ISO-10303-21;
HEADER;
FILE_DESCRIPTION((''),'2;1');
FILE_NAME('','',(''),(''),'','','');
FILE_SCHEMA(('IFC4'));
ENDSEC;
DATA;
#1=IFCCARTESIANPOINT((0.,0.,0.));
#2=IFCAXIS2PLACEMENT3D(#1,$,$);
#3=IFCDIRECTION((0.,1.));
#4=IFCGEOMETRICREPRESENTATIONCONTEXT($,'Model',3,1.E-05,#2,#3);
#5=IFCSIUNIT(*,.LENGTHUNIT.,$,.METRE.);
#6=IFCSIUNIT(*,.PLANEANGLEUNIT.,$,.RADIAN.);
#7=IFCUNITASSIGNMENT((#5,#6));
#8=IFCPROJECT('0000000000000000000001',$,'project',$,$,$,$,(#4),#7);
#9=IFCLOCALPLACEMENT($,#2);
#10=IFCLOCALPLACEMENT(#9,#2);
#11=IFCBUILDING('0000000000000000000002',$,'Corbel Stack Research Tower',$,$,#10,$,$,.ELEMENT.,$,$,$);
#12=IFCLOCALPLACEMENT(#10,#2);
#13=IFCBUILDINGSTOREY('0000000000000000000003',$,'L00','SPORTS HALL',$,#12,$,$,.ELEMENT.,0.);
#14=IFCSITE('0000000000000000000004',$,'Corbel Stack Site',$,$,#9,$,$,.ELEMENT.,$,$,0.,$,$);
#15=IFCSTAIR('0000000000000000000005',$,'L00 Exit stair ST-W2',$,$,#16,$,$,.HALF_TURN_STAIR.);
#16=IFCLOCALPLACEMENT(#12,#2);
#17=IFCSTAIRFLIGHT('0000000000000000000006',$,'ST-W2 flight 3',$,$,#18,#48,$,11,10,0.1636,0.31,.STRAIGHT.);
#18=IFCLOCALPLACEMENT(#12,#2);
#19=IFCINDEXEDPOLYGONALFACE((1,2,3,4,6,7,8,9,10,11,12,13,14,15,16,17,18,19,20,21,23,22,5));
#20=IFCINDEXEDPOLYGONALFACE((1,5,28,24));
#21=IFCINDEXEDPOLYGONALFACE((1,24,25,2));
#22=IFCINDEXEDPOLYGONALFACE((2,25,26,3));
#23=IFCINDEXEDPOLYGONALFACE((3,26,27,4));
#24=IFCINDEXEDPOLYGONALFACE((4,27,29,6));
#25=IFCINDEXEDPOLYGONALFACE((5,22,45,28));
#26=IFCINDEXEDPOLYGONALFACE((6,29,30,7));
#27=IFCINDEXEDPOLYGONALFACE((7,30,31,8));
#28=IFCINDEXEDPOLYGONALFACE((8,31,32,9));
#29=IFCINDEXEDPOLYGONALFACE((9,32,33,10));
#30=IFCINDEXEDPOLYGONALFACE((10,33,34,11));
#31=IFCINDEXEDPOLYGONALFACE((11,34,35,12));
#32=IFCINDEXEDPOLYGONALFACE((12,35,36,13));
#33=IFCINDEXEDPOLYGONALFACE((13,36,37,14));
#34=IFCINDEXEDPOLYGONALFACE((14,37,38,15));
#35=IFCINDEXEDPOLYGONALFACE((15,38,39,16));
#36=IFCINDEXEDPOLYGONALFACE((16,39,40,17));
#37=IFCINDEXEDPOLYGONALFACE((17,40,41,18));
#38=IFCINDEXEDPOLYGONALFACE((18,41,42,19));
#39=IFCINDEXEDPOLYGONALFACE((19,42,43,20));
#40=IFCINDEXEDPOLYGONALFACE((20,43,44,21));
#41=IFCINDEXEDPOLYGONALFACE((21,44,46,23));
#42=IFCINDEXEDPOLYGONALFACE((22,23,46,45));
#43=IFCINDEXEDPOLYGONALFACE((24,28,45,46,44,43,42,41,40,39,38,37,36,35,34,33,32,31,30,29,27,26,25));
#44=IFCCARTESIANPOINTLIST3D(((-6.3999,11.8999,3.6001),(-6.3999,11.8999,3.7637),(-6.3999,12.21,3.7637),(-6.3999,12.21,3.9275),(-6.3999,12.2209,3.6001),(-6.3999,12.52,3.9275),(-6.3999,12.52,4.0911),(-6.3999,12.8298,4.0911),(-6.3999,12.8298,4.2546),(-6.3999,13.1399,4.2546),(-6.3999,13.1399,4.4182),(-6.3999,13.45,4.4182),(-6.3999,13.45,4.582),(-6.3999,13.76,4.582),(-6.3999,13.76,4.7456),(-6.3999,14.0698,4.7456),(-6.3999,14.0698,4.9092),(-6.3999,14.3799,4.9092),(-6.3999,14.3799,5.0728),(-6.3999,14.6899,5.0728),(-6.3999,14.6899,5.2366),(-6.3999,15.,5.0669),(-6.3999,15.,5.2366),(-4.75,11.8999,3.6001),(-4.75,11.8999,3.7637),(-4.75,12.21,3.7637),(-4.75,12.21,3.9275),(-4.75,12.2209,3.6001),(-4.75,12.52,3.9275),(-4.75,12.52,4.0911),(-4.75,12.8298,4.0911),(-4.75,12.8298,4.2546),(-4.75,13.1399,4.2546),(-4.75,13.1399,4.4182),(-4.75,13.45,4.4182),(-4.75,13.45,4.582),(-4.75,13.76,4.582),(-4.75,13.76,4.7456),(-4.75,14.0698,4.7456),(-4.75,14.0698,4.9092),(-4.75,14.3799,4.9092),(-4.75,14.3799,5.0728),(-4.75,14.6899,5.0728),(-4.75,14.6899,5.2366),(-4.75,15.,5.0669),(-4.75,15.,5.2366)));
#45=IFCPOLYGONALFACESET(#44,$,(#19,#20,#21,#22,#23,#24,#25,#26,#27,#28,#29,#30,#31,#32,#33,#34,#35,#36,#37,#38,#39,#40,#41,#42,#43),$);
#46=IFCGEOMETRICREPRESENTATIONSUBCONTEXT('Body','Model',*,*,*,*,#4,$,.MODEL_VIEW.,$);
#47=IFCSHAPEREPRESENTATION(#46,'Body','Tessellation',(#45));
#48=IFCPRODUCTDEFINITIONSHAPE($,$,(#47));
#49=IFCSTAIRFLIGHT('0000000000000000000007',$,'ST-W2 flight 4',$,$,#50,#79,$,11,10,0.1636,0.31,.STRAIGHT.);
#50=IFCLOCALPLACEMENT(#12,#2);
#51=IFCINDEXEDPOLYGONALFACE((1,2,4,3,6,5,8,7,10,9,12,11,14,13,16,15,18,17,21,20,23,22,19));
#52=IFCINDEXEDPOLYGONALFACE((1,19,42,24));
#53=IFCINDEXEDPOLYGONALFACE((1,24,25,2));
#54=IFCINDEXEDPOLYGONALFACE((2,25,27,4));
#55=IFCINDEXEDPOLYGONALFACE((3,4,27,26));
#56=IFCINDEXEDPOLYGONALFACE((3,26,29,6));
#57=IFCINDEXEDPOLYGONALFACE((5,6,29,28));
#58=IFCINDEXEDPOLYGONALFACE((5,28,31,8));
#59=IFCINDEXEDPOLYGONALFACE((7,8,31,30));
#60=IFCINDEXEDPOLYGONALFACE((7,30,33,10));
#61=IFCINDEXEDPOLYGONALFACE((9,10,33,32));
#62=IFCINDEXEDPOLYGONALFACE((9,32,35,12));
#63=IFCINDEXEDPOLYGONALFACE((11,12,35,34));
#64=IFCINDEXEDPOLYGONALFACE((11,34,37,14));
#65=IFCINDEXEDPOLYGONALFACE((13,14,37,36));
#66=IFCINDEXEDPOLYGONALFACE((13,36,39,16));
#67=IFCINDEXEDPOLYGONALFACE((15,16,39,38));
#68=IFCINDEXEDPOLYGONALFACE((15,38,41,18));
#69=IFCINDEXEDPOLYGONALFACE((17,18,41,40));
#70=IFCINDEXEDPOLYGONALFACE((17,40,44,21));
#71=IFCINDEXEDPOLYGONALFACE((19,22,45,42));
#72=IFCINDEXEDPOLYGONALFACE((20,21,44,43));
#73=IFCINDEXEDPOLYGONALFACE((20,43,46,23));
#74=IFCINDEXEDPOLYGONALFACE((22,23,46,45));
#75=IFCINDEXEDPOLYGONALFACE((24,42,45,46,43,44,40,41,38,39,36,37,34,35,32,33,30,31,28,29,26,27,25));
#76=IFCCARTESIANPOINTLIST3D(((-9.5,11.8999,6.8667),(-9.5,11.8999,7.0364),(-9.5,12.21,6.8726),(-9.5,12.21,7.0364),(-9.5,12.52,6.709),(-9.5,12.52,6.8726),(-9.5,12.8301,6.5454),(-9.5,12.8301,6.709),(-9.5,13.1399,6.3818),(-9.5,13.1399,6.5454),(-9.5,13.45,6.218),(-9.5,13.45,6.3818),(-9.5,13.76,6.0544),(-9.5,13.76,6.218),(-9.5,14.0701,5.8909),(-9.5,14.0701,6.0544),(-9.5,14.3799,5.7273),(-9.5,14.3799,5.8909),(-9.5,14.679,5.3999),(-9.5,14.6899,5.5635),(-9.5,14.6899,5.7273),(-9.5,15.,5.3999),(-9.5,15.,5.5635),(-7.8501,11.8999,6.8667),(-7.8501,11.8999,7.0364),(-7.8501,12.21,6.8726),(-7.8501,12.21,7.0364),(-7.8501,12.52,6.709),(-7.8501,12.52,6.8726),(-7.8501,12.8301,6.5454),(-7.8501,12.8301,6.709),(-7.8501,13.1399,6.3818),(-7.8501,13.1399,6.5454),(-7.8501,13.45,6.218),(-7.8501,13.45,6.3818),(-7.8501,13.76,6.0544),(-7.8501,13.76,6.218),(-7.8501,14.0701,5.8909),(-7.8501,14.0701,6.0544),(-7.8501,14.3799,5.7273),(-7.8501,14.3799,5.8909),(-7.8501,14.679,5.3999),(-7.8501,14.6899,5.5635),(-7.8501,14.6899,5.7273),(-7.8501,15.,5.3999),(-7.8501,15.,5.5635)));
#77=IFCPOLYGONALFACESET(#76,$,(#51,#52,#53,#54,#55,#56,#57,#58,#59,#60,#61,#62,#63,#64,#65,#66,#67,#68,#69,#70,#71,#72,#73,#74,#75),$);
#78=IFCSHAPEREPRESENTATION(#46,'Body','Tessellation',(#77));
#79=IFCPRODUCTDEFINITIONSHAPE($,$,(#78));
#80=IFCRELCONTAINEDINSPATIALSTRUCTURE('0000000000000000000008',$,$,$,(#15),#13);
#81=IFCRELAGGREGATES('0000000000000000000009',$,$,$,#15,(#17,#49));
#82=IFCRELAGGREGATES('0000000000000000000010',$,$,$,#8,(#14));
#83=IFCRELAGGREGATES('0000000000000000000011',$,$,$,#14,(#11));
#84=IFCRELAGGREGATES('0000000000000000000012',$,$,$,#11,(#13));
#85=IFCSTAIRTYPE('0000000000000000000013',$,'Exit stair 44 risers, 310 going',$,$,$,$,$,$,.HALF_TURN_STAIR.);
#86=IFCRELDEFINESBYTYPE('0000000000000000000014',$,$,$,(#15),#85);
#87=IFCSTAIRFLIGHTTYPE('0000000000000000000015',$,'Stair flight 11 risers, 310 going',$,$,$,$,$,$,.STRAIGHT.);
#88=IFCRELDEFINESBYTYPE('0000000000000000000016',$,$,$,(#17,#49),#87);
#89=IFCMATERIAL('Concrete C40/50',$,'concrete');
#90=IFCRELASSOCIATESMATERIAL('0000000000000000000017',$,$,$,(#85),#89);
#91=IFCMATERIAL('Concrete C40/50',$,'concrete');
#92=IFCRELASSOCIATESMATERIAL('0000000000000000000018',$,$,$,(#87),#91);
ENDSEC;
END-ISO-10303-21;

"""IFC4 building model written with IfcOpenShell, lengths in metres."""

from ifc_helpers import new_model, si_unit, direction, frame, origin, place, context, subcontext, project, spatial, polyline, outline, extrude, material, type_object, element, aggregate, save


model = new_model("IFC4")

# Units and contexts
model_context = context("Model", 3, precision=1e-05, world=origin(), true_north=direction((0.0, 1.0)))
body_context = subcontext(model_context, "Body", "Model", "MODEL_VIEW")
ifc_project = project(units=[si_unit("LENGTHUNIT", "METRE"), si_unit("PLANEANGLEUNIT", "RADIAN")], contexts=[model_context])

# Site, building, storey
site_placement = place(None, origin())
site = spatial("IfcSite", under=ifc_project, at=site_placement, Name="Corbel Stack Site", CompositionType="ELEMENT", RefElevation=0.0)
building_placement = place(site_placement, origin())
building = spatial("IfcBuilding", under=site, at=building_placement, Name="Corbel Stack Research Tower", CompositionType="ELEMENT")
storey_placement = place(building_placement, origin())
storey = spatial("IfcBuildingStorey", under=building, at=storey_placement, Name="L00", Description="SPORTS HALL", CompositionType="ELEMENT", Elevation=0.0)

# Stair, stair flights
ifc_material_1 = material(Name="Concrete C40/50", Category="concrete")
stair_type = type_object("IfcStairType", Name="Exit stair 44 risers, 310 going", PredefinedType="HALF_TURN_STAIR", material=ifc_material_1)
stair_placement = place(storey_placement, origin())
stair = element("IfcStair", 1, at=stair_placement, inside=storey, type_object=stair_type, Name="L00 Exit stair ST-W2", PredefinedType="HALF_TURN_STAIR")
ifc_material_2 = material(Name="Concrete C40/50", Category="concrete")
stair_flight_type = type_object("IfcStairFlightType", Name="Stair flight 11 risers, 310 going", PredefinedType="STRAIGHT", material=ifc_material_2)
stair_flight_1_placement = place(storey_placement, frame((-5.575, 11.8999, 3.6001), z_axis=(0.0, 0.0, 1.0), x_axis=(0.0, 1.0, 0.0)))
stair_flight_1 = element("IfcStairFlight", 2, at=stair_flight_1_placement, type_object=stair_flight_type, Name="ST-W2 flight 3", NumberOfRisers=11, NumberOfTreads=10, PredefinedType="STRAIGHT", RiserHeight=0.1636, TreadLength=0.31, context=body_context, shape_type="SweptSolid", body=[
    extrude(outline(polyline([(0.0, 0.0), (0.0, 0.1636), (0.3101, 0.1636), (0.3101, 0.3274), (0.6201, 0.3274), (0.6201, 0.491), (0.9299, 0.491), (0.9299, 0.6545), (1.24, 0.6545), (1.24, 0.8181), (1.55, 0.8181), (1.55, 0.9819), (1.8601, 0.9819), (1.8601, 1.1455), (2.1699, 1.1455), (2.1699, 1.3091), (2.48, 1.3091), (2.48, 1.4727), (2.79, 1.4727), (2.79, 1.6365), (3.1001, 1.6365), (3.1001, 1.8), (3.1001, 1.4668), (0.321, 0.0), (0.0, 0.0)])), frame((0.0, 0.825, 0.0), z_axis=(0.0, -1.0, 0.0), x_axis=(1.0, 0.0, 0.0)), (0.0, 0.0, 1.0), 1.6499),
])
stair_flight_2_placement = place(storey_placement, frame((-8.675, 15.0, 5.3999), z_axis=(0.0, 0.0, 1.0), x_axis=(0.0, -1.0, 0.0)))
stair_flight_2 = element("IfcStairFlight", 3, at=stair_flight_2_placement, type_object=stair_flight_type, Name="ST-W2 flight 4", NumberOfRisers=11, NumberOfTreads=10, PredefinedType="STRAIGHT", RiserHeight=0.1636, TreadLength=0.31, context=body_context, shape_type="SweptSolid", body=[
    extrude(outline(polyline([(0.0, 0.0), (0.0, 0.1636), (0.3101, 0.1636), (0.3101, 0.3274), (0.6201, 0.3274), (0.6201, 0.491), (0.9299, 0.491), (0.9299, 0.6545), (1.24, 0.6545), (1.24, 0.8181), (1.55, 0.8181), (1.55, 0.9819), (1.8601, 0.9819), (1.8601, 1.1455), (2.1699, 1.1455), (2.1699, 1.3091), (2.48, 1.3091), (2.48, 1.4727), (2.79, 1.4727), (2.79, 1.6365), (3.1001, 1.6365), (3.1001, 1.8), (3.1001, 1.4668), (0.321, 0.0), (0.0, 0.0)])), frame((0.0, 0.825, 0.0), z_axis=(0.0, -1.0, 0.0), x_axis=(1.0, 0.0, 0.0)), (0.0, 0.0, 1.0), 1.6499),
])
aggregate(stair, [stair_flight_1, stair_flight_2])

save(model, "model.ifc")
